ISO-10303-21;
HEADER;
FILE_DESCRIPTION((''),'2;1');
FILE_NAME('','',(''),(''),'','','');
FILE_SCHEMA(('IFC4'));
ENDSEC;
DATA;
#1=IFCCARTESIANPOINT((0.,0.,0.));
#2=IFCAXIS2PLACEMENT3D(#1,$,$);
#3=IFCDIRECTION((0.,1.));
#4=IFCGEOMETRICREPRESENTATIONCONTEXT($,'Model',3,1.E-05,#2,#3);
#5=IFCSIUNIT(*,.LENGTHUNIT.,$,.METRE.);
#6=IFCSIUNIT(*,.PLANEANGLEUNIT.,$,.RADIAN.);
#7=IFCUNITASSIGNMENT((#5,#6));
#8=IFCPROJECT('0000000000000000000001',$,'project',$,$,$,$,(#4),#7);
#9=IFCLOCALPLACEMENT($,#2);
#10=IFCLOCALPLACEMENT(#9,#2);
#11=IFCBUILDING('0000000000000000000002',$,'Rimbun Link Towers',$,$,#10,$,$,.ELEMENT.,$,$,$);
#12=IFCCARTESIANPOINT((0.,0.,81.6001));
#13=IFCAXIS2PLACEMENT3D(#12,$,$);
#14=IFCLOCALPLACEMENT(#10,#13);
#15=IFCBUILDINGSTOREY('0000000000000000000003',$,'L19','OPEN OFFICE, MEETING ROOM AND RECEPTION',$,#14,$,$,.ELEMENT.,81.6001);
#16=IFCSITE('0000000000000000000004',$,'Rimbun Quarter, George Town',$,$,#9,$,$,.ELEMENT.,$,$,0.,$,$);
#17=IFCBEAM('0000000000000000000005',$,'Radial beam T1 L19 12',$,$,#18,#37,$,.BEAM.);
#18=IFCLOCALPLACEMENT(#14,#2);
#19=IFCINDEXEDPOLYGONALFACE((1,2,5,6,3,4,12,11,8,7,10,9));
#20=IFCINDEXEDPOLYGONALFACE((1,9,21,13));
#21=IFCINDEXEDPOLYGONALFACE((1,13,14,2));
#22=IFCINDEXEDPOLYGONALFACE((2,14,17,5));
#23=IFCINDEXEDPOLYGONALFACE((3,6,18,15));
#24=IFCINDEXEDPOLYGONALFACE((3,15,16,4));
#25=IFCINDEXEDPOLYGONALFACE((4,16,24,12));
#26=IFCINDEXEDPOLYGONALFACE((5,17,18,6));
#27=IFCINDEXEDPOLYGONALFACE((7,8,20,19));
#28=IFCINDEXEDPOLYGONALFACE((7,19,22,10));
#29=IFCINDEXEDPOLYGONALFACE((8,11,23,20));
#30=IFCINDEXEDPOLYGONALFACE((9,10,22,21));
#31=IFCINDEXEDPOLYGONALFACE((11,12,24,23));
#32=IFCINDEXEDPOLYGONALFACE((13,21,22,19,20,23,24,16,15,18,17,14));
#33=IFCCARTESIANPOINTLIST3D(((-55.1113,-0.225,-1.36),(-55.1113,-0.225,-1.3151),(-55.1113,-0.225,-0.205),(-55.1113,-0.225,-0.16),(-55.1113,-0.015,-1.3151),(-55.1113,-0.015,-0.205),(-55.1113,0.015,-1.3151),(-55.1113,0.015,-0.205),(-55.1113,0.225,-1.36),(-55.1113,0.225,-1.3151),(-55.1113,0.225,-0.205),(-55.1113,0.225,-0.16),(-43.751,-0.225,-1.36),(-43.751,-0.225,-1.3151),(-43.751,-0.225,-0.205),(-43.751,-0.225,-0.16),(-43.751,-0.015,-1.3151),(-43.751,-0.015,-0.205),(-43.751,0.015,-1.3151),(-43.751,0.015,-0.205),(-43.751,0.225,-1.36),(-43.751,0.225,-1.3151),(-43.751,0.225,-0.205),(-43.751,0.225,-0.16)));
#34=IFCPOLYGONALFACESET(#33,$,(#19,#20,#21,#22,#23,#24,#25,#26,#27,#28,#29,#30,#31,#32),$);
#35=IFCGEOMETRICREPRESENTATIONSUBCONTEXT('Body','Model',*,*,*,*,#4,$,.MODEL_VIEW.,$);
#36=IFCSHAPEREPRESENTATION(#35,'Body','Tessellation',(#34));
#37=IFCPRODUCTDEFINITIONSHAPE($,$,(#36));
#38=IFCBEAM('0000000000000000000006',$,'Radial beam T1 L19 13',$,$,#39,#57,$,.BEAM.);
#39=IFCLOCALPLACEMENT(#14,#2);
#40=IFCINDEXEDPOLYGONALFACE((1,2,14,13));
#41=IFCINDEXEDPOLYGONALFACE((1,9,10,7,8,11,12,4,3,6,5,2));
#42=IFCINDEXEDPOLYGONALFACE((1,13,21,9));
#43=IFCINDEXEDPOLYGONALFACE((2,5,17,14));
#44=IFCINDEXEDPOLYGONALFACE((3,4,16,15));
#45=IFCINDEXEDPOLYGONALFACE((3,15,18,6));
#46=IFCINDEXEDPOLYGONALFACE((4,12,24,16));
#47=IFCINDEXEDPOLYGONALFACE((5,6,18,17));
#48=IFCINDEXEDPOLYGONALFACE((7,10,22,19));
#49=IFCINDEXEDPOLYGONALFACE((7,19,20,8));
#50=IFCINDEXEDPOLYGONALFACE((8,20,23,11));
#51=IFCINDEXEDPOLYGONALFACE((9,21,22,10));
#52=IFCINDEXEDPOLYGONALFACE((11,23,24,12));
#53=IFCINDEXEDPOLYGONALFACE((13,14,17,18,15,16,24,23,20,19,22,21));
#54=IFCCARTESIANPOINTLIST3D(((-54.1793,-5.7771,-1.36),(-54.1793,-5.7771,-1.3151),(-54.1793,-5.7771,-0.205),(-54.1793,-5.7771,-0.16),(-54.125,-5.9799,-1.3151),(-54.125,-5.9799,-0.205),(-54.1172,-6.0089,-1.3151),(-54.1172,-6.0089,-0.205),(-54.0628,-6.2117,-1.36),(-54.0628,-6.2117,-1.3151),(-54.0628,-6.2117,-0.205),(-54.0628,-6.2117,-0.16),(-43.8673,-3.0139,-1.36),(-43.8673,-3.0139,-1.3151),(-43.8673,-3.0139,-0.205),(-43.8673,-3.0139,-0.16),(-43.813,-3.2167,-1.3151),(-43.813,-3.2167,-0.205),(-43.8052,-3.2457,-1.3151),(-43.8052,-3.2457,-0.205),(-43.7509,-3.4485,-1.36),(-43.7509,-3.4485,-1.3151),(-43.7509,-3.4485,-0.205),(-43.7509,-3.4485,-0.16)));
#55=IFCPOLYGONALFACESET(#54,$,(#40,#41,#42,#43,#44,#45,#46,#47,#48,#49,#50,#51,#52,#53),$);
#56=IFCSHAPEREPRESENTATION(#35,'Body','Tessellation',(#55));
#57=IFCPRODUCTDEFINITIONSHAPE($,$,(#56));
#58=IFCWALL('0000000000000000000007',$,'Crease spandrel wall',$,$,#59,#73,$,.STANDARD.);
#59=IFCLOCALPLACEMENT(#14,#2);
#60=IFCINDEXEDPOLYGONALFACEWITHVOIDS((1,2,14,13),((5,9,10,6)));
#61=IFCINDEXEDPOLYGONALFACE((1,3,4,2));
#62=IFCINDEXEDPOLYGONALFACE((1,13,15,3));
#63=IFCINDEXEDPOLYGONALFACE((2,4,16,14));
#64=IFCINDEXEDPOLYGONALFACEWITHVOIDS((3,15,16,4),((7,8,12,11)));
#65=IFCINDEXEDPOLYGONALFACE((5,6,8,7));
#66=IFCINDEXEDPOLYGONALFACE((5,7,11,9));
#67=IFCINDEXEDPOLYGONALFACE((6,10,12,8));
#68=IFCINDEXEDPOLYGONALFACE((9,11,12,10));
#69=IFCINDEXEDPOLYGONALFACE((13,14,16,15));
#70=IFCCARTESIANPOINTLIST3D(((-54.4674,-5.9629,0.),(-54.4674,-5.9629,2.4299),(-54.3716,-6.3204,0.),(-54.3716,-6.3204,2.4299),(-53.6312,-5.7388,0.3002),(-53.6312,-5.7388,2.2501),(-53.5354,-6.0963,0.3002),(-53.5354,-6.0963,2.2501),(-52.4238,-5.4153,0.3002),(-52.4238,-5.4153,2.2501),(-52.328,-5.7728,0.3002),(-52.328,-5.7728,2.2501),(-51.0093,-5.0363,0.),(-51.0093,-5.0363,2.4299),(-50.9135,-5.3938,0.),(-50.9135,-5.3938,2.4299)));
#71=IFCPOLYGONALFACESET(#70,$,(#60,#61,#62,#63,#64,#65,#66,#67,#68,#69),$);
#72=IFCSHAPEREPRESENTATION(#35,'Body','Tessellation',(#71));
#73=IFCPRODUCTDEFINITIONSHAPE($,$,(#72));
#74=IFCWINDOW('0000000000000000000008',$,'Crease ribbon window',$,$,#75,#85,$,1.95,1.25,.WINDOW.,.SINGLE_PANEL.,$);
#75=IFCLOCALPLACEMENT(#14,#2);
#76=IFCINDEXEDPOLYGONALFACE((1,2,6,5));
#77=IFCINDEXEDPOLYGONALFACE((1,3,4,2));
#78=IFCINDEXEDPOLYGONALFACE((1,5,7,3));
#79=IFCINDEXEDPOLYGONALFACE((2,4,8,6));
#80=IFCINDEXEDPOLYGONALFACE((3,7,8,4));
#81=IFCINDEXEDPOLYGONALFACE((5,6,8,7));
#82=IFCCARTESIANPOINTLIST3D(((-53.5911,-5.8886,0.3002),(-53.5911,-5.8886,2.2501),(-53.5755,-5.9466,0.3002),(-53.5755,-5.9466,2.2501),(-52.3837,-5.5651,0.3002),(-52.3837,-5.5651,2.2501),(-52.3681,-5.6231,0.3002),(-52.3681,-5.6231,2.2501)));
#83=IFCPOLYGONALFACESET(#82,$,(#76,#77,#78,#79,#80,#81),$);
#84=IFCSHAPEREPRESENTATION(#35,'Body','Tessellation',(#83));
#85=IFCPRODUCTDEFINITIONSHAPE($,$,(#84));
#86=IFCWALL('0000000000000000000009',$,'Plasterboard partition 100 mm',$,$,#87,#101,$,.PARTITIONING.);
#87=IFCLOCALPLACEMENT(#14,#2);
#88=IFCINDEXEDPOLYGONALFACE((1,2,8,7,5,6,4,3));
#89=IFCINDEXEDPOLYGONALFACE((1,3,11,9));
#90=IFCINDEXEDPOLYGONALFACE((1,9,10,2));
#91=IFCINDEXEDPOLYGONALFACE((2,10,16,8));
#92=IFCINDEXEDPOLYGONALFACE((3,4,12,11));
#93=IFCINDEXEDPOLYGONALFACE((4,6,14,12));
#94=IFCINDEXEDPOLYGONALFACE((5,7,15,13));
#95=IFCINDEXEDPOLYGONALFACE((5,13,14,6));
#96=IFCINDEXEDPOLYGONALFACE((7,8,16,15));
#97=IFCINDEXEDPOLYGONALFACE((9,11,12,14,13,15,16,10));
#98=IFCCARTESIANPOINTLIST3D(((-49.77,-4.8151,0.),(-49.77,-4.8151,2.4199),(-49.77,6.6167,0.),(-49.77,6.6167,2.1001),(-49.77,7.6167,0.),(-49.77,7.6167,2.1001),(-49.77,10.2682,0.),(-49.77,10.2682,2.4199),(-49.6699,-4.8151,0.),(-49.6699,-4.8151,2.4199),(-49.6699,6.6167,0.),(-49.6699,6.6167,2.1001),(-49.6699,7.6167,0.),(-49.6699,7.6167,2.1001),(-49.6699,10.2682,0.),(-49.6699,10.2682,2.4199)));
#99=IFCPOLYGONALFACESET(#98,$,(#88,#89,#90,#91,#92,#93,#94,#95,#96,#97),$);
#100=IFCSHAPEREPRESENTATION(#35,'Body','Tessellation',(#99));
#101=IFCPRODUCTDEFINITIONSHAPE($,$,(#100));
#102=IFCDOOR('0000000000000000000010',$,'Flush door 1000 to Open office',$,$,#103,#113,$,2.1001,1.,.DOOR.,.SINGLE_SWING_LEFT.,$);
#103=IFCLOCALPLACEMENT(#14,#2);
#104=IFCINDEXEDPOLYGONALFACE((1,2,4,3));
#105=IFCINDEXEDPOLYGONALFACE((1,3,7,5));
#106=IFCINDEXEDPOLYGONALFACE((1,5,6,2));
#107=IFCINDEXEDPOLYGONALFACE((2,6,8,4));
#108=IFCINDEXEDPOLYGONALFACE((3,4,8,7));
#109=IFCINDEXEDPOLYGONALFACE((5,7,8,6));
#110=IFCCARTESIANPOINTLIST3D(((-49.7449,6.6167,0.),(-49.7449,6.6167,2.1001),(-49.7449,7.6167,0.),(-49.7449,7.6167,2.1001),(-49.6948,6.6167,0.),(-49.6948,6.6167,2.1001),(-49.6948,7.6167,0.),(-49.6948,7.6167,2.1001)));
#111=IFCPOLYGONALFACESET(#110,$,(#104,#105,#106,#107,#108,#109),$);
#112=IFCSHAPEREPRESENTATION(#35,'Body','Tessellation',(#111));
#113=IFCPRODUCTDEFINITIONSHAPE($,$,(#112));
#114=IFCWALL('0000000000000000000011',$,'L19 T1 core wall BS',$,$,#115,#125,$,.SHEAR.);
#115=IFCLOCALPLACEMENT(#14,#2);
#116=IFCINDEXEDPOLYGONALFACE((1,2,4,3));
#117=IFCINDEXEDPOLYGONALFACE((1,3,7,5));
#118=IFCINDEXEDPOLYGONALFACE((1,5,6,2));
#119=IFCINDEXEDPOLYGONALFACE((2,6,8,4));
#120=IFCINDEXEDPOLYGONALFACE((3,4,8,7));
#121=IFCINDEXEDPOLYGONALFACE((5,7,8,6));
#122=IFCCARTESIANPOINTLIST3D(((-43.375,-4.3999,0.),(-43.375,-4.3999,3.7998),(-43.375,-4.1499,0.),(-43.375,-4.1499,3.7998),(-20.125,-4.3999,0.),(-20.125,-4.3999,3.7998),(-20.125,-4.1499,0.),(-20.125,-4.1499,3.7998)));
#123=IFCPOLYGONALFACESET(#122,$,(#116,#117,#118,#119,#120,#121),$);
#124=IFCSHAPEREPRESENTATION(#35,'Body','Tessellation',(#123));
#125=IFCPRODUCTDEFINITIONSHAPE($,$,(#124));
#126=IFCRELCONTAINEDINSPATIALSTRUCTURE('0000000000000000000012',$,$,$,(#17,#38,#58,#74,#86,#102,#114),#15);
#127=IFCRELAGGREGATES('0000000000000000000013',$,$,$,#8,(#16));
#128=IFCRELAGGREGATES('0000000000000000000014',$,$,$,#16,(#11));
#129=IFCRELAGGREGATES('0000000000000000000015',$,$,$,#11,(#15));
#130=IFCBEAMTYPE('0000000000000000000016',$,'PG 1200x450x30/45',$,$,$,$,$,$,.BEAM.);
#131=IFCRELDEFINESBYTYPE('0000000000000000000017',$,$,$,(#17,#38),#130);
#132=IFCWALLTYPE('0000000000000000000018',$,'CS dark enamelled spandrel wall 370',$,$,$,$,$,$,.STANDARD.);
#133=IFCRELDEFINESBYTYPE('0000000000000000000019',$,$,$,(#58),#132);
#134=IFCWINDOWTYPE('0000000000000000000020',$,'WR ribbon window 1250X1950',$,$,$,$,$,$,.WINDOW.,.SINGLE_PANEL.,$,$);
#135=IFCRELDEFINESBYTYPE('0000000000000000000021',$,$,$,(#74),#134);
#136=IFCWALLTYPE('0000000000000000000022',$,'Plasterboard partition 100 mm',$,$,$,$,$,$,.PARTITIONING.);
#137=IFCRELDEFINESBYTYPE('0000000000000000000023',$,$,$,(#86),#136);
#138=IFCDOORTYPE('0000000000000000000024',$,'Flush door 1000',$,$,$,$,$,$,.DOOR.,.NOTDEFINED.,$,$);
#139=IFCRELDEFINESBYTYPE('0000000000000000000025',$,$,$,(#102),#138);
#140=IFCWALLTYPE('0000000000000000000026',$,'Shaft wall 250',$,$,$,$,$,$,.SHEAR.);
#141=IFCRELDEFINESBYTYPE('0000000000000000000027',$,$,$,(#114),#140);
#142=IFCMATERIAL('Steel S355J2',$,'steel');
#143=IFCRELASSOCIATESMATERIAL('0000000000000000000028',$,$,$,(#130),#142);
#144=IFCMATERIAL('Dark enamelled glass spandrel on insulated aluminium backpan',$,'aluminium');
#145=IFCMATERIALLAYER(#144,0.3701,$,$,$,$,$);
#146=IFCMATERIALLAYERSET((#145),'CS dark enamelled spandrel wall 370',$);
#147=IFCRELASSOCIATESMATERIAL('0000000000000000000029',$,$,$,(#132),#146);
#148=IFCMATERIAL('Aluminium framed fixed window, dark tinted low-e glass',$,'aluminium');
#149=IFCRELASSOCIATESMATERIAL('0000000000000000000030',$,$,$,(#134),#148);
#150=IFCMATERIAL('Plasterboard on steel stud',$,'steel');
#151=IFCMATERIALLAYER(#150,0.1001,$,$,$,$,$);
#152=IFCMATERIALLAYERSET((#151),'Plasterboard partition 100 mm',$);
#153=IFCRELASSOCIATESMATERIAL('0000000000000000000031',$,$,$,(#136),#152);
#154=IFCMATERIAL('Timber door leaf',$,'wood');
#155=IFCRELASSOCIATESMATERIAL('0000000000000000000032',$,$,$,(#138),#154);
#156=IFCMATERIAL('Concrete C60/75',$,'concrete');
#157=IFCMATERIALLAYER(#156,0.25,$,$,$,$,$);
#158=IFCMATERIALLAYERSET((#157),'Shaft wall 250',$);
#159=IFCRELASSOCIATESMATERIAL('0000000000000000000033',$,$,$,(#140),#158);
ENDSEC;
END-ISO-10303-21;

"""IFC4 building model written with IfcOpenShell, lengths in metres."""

from ifc_helpers import new_model, si_unit, direction, frame, frame_2d, origin, origin_2d, place, context, subcontext, project, spatial, rectangle, i_section, extrude, material, layer, layer_set, material_profile, profile_set, type_object, element, fill, save


model = new_model("IFC4")

# Units and contexts
model_context = context("Model", 3, precision=1e-05, world=origin(), true_north=direction((0.0, 1.0)))
body_context = subcontext(model_context, "Body", "Model", "MODEL_VIEW")
ifc_project = project(units=[si_unit("LENGTHUNIT", "METRE"), si_unit("PLANEANGLEUNIT", "RADIAN")], contexts=[model_context])

# Site, building, storey
site_placement = place(None, origin())
site = spatial("IfcSite", under=ifc_project, at=site_placement, Name="Rimbun Quarter, George Town", CompositionType="ELEMENT", RefElevation=0.0)
building_placement = place(site_placement, origin())
building = spatial("IfcBuilding", under=site, at=building_placement, Name="Rimbun Link Towers", CompositionType="ELEMENT")
storey_placement = place(building_placement, frame((0.0, 0.0, 81.6001)))
storey = spatial("IfcBuildingStorey", under=building, at=storey_placement, Name="L19", Description="OPEN OFFICE, MEETING ROOM AND RECEPTION", CompositionType="ELEMENT", Elevation=81.6001)

# Beams
ifc_material_1 = material(Name="Steel S355J2", Category="steel")
ifc_material_profile = material_profile(ifc_material_1, i_section(OverallWidth=0.45, OverallDepth=1.2, WebThickness=0.03, FlangeThickness=0.0449, at=origin_2d()), Name="PG 1200x450x30/45")
ifc_profile_set = profile_set([ifc_material_profile], Name="Steel S355J2")
beam_type = type_object("IfcBeamType", Name="PG 1200x450x30/45", PredefinedType="BEAM", material=ifc_profile_set)
beam_1_placement = place(storey_placement, frame((-43.751, 0.0, -0.76), z_axis=(-1.0, 0.0, 0.0), x_axis=(0.0, -1.0, 0.0)))
element("IfcBeam", 1, at=beam_1_placement, inside=storey, type_object=beam_type, Name="Radial beam T1 L19 12", PredefinedType="BEAM", context=body_context, shape_type="SweptSolid", body=[
    extrude(i_section(OverallWidth=0.45, OverallDepth=1.2, WebThickness=0.03, FlangeThickness=0.0449, at=origin_2d()), origin(), (0.0, 0.0, 1.0), 11.3604),
])
beam_2_placement = place(storey_placement, frame((-43.8091, -3.2312, -0.76), z_axis=(-0.965924, -0.258827, 0.0), x_axis=(0.258827, -0.965924, 0.0)))
element("IfcBeam", 2, at=beam_2_placement, inside=storey, type_object=beam_type, Name="Radial beam T1 L19 13", PredefinedType="BEAM", context=body_context, shape_type="SweptSolid", body=[
    extrude(i_section(OverallWidth=0.45, OverallDepth=1.2, WebThickness=0.03, FlangeThickness=0.0449, at=origin_2d()), origin(), (0.0, 0.0, 1.0), 10.6758),
])

# Wall, opening, window
ifc_material_2 = material(Name="Dark enamelled glass spandrel on insulated aluminium backpan", Category="aluminium")
ifc_layer_1 = layer(ifc_material_2, 0.3701)
ifc_layer_set_1 = layer_set([ifc_layer_1], Name="CS dark enamelled spandrel wall 370")
wall_type_1 = type_object("IfcWallType", Name="CS dark enamelled spandrel wall 370", PredefinedType="STANDARD", material=ifc_layer_set_1)
wall_1_placement = place(storey_placement, frame((-50.9614, -5.2151, 0.0), z_axis=(0.0, 0.0, 1.0), x_axis=(-0.96593, -0.258804, 0.0)))
wall_1 = element("IfcWall", 3, at=wall_1_placement, inside=storey, type_object=wall_type_1, Name="Crease spandrel wall", PredefinedType="STANDARD", context=body_context, shape_type="SweptSolid", body=[
    extrude(rectangle(XDim=3.5801, YDim=0.3701, at=frame_2d((1.79, 0.0))), origin(), (0.0, 0.0, 1.0), 2.4299),
])
opening_1_placement = place(wall_1_placement, frame((1.4644, 0.0, 0.3)))
opening_1 = element("IfcOpeningElement", 4, at=opening_1_placement, cuts=wall_1, PredefinedType="OPENING", context=body_context, shape_type="SweptSolid", body=[
    extrude(rectangle(XDim=1.25, YDim=1.95, at=frame_2d((0.625, 0.9751))), frame((0.0, 0.1951, 0.0), z_axis=(0.0, -1.0, 0.0), x_axis=(1.0, 0.0, 0.0)), (0.0, 0.0, 1.0), 0.3901),
])
ifc_material_3 = material(Name="Aluminium framed fixed window, dark tinted low-e glass", Category="aluminium")
window_type = type_object("IfcWindowType", Name="WR ribbon window 1250X1950", PartitioningType="SINGLE_PANEL", PredefinedType="WINDOW", material=ifc_material_3)
window_placement = place(opening_1_placement, origin())
window = element("IfcWindow", 5, at=window_placement, inside=storey, type_object=window_type, Name="Crease ribbon window", OverallHeight=1.95, OverallWidth=1.25, PartitioningType="SINGLE_PANEL", PredefinedType="WINDOW", context=body_context, shape_type="SweptSolid", body=[
    extrude(rectangle(XDim=1.25, YDim=1.95, at=frame_2d((0.625, 0.9751))), frame((0.0, 0.03, 0.0), z_axis=(0.0, -1.0, 0.0), x_axis=(1.0, 0.0, 0.0)), (0.0, 0.0, 1.0), 0.0601),
])
fill(opening_1, window)

# Wall, opening, door
ifc_material_4 = material(Name="Plasterboard on steel stud", Category="steel")
ifc_layer_2 = layer(ifc_material_4, 0.1001)
ifc_layer_set_2 = layer_set([ifc_layer_2], Name="Plasterboard partition 100 mm")
wall_type_2 = type_object("IfcWallType", Name="Plasterboard partition 100 mm", PredefinedType="PARTITIONING", material=ifc_layer_set_2)
wall_2_placement = place(storey_placement, frame((-49.72, -4.8149, 0.0), z_axis=(0.0, 0.0, 1.0), x_axis=(0.0, 1.0, 0.0)))
wall_2 = element("IfcWall", 6, at=wall_2_placement, inside=storey, type_object=wall_type_2, Name="Plasterboard partition 100 mm", PredefinedType="PARTITIONING", context=body_context, shape_type="SweptSolid", body=[
    extrude(rectangle(XDim=15.0833, YDim=0.1001, at=frame_2d((7.5415, 0.0))), origin(), (0.0, 0.0, 1.0), 2.4199),
])
opening_2_placement = place(wall_2_placement, frame((11.4316, 0.0, 0.0)))
opening_2 = element("IfcOpeningElement", 7, at=opening_2_placement, cuts=wall_2, PredefinedType="OPENING", context=body_context, shape_type="SweptSolid", body=[
    extrude(rectangle(XDim=1.0, YDim=2.1001, at=frame_2d((0.5, 1.05))), frame((0.0, 0.0601, 0.0), z_axis=(0.0, -1.0, 0.0), x_axis=(1.0, 0.0, 0.0)), (0.0, 0.0, 1.0), 0.1201),
])
ifc_material_5 = material(Name="Timber door leaf", Category="wood")
door_type_1 = type_object("IfcDoorType", Name="Flush door 1000", OperationType="NOTDEFINED", PredefinedType="DOOR", material=ifc_material_5)
door_1_placement = place(opening_2_placement, origin())
door_1 = element("IfcDoor", 8, at=door_1_placement, inside=storey, type_object=door_type_1, Name="Flush door 1000 to Open office", OperationType="SINGLE_SWING_LEFT", OverallHeight=2.1001, OverallWidth=1.0, PredefinedType="DOOR", context=body_context, shape_type="SweptSolid", body=[
    extrude(rectangle(XDim=1.0, YDim=2.1001, at=frame_2d((0.5, 1.05))), frame((0.0, 0.0249, 0.0), z_axis=(0.0, -1.0, 0.0), x_axis=(1.0, 0.0, 0.0)), (0.0, 0.0, 1.0), 0.05),
])
fill(opening_2, door_1)

# Wall
ifc_material_6 = material(Name="Concrete C60/75", Category="concrete")
ifc_layer_3 = layer(ifc_material_6, 0.25)
ifc_layer_set_3 = layer_set([ifc_layer_3], Name="Shaft wall 250")
wall_type_3 = type_object("IfcWallType", Name="Shaft wall 250", PredefinedType="SHEAR", material=ifc_layer_set_3)
wall_3_placement = place(storey_placement, frame((-43.375, -4.2749, 0.0), z_axis=(0.0, 0.0, 1.0), x_axis=(1.0, 0.0, 0.0)))
element("IfcWall", 9, at=wall_3_placement, inside=storey, type_object=wall_type_3, Name="L19 T1 core wall BS", PredefinedType="SHEAR", context=body_context, shape_type="SweptSolid", body=[
    extrude(rectangle(XDim=23.25, YDim=0.25, at=frame_2d((11.625, 0.0))), origin(), (0.0, 0.0, 1.0), 3.7998),
])

save(model, "model.ifc")
